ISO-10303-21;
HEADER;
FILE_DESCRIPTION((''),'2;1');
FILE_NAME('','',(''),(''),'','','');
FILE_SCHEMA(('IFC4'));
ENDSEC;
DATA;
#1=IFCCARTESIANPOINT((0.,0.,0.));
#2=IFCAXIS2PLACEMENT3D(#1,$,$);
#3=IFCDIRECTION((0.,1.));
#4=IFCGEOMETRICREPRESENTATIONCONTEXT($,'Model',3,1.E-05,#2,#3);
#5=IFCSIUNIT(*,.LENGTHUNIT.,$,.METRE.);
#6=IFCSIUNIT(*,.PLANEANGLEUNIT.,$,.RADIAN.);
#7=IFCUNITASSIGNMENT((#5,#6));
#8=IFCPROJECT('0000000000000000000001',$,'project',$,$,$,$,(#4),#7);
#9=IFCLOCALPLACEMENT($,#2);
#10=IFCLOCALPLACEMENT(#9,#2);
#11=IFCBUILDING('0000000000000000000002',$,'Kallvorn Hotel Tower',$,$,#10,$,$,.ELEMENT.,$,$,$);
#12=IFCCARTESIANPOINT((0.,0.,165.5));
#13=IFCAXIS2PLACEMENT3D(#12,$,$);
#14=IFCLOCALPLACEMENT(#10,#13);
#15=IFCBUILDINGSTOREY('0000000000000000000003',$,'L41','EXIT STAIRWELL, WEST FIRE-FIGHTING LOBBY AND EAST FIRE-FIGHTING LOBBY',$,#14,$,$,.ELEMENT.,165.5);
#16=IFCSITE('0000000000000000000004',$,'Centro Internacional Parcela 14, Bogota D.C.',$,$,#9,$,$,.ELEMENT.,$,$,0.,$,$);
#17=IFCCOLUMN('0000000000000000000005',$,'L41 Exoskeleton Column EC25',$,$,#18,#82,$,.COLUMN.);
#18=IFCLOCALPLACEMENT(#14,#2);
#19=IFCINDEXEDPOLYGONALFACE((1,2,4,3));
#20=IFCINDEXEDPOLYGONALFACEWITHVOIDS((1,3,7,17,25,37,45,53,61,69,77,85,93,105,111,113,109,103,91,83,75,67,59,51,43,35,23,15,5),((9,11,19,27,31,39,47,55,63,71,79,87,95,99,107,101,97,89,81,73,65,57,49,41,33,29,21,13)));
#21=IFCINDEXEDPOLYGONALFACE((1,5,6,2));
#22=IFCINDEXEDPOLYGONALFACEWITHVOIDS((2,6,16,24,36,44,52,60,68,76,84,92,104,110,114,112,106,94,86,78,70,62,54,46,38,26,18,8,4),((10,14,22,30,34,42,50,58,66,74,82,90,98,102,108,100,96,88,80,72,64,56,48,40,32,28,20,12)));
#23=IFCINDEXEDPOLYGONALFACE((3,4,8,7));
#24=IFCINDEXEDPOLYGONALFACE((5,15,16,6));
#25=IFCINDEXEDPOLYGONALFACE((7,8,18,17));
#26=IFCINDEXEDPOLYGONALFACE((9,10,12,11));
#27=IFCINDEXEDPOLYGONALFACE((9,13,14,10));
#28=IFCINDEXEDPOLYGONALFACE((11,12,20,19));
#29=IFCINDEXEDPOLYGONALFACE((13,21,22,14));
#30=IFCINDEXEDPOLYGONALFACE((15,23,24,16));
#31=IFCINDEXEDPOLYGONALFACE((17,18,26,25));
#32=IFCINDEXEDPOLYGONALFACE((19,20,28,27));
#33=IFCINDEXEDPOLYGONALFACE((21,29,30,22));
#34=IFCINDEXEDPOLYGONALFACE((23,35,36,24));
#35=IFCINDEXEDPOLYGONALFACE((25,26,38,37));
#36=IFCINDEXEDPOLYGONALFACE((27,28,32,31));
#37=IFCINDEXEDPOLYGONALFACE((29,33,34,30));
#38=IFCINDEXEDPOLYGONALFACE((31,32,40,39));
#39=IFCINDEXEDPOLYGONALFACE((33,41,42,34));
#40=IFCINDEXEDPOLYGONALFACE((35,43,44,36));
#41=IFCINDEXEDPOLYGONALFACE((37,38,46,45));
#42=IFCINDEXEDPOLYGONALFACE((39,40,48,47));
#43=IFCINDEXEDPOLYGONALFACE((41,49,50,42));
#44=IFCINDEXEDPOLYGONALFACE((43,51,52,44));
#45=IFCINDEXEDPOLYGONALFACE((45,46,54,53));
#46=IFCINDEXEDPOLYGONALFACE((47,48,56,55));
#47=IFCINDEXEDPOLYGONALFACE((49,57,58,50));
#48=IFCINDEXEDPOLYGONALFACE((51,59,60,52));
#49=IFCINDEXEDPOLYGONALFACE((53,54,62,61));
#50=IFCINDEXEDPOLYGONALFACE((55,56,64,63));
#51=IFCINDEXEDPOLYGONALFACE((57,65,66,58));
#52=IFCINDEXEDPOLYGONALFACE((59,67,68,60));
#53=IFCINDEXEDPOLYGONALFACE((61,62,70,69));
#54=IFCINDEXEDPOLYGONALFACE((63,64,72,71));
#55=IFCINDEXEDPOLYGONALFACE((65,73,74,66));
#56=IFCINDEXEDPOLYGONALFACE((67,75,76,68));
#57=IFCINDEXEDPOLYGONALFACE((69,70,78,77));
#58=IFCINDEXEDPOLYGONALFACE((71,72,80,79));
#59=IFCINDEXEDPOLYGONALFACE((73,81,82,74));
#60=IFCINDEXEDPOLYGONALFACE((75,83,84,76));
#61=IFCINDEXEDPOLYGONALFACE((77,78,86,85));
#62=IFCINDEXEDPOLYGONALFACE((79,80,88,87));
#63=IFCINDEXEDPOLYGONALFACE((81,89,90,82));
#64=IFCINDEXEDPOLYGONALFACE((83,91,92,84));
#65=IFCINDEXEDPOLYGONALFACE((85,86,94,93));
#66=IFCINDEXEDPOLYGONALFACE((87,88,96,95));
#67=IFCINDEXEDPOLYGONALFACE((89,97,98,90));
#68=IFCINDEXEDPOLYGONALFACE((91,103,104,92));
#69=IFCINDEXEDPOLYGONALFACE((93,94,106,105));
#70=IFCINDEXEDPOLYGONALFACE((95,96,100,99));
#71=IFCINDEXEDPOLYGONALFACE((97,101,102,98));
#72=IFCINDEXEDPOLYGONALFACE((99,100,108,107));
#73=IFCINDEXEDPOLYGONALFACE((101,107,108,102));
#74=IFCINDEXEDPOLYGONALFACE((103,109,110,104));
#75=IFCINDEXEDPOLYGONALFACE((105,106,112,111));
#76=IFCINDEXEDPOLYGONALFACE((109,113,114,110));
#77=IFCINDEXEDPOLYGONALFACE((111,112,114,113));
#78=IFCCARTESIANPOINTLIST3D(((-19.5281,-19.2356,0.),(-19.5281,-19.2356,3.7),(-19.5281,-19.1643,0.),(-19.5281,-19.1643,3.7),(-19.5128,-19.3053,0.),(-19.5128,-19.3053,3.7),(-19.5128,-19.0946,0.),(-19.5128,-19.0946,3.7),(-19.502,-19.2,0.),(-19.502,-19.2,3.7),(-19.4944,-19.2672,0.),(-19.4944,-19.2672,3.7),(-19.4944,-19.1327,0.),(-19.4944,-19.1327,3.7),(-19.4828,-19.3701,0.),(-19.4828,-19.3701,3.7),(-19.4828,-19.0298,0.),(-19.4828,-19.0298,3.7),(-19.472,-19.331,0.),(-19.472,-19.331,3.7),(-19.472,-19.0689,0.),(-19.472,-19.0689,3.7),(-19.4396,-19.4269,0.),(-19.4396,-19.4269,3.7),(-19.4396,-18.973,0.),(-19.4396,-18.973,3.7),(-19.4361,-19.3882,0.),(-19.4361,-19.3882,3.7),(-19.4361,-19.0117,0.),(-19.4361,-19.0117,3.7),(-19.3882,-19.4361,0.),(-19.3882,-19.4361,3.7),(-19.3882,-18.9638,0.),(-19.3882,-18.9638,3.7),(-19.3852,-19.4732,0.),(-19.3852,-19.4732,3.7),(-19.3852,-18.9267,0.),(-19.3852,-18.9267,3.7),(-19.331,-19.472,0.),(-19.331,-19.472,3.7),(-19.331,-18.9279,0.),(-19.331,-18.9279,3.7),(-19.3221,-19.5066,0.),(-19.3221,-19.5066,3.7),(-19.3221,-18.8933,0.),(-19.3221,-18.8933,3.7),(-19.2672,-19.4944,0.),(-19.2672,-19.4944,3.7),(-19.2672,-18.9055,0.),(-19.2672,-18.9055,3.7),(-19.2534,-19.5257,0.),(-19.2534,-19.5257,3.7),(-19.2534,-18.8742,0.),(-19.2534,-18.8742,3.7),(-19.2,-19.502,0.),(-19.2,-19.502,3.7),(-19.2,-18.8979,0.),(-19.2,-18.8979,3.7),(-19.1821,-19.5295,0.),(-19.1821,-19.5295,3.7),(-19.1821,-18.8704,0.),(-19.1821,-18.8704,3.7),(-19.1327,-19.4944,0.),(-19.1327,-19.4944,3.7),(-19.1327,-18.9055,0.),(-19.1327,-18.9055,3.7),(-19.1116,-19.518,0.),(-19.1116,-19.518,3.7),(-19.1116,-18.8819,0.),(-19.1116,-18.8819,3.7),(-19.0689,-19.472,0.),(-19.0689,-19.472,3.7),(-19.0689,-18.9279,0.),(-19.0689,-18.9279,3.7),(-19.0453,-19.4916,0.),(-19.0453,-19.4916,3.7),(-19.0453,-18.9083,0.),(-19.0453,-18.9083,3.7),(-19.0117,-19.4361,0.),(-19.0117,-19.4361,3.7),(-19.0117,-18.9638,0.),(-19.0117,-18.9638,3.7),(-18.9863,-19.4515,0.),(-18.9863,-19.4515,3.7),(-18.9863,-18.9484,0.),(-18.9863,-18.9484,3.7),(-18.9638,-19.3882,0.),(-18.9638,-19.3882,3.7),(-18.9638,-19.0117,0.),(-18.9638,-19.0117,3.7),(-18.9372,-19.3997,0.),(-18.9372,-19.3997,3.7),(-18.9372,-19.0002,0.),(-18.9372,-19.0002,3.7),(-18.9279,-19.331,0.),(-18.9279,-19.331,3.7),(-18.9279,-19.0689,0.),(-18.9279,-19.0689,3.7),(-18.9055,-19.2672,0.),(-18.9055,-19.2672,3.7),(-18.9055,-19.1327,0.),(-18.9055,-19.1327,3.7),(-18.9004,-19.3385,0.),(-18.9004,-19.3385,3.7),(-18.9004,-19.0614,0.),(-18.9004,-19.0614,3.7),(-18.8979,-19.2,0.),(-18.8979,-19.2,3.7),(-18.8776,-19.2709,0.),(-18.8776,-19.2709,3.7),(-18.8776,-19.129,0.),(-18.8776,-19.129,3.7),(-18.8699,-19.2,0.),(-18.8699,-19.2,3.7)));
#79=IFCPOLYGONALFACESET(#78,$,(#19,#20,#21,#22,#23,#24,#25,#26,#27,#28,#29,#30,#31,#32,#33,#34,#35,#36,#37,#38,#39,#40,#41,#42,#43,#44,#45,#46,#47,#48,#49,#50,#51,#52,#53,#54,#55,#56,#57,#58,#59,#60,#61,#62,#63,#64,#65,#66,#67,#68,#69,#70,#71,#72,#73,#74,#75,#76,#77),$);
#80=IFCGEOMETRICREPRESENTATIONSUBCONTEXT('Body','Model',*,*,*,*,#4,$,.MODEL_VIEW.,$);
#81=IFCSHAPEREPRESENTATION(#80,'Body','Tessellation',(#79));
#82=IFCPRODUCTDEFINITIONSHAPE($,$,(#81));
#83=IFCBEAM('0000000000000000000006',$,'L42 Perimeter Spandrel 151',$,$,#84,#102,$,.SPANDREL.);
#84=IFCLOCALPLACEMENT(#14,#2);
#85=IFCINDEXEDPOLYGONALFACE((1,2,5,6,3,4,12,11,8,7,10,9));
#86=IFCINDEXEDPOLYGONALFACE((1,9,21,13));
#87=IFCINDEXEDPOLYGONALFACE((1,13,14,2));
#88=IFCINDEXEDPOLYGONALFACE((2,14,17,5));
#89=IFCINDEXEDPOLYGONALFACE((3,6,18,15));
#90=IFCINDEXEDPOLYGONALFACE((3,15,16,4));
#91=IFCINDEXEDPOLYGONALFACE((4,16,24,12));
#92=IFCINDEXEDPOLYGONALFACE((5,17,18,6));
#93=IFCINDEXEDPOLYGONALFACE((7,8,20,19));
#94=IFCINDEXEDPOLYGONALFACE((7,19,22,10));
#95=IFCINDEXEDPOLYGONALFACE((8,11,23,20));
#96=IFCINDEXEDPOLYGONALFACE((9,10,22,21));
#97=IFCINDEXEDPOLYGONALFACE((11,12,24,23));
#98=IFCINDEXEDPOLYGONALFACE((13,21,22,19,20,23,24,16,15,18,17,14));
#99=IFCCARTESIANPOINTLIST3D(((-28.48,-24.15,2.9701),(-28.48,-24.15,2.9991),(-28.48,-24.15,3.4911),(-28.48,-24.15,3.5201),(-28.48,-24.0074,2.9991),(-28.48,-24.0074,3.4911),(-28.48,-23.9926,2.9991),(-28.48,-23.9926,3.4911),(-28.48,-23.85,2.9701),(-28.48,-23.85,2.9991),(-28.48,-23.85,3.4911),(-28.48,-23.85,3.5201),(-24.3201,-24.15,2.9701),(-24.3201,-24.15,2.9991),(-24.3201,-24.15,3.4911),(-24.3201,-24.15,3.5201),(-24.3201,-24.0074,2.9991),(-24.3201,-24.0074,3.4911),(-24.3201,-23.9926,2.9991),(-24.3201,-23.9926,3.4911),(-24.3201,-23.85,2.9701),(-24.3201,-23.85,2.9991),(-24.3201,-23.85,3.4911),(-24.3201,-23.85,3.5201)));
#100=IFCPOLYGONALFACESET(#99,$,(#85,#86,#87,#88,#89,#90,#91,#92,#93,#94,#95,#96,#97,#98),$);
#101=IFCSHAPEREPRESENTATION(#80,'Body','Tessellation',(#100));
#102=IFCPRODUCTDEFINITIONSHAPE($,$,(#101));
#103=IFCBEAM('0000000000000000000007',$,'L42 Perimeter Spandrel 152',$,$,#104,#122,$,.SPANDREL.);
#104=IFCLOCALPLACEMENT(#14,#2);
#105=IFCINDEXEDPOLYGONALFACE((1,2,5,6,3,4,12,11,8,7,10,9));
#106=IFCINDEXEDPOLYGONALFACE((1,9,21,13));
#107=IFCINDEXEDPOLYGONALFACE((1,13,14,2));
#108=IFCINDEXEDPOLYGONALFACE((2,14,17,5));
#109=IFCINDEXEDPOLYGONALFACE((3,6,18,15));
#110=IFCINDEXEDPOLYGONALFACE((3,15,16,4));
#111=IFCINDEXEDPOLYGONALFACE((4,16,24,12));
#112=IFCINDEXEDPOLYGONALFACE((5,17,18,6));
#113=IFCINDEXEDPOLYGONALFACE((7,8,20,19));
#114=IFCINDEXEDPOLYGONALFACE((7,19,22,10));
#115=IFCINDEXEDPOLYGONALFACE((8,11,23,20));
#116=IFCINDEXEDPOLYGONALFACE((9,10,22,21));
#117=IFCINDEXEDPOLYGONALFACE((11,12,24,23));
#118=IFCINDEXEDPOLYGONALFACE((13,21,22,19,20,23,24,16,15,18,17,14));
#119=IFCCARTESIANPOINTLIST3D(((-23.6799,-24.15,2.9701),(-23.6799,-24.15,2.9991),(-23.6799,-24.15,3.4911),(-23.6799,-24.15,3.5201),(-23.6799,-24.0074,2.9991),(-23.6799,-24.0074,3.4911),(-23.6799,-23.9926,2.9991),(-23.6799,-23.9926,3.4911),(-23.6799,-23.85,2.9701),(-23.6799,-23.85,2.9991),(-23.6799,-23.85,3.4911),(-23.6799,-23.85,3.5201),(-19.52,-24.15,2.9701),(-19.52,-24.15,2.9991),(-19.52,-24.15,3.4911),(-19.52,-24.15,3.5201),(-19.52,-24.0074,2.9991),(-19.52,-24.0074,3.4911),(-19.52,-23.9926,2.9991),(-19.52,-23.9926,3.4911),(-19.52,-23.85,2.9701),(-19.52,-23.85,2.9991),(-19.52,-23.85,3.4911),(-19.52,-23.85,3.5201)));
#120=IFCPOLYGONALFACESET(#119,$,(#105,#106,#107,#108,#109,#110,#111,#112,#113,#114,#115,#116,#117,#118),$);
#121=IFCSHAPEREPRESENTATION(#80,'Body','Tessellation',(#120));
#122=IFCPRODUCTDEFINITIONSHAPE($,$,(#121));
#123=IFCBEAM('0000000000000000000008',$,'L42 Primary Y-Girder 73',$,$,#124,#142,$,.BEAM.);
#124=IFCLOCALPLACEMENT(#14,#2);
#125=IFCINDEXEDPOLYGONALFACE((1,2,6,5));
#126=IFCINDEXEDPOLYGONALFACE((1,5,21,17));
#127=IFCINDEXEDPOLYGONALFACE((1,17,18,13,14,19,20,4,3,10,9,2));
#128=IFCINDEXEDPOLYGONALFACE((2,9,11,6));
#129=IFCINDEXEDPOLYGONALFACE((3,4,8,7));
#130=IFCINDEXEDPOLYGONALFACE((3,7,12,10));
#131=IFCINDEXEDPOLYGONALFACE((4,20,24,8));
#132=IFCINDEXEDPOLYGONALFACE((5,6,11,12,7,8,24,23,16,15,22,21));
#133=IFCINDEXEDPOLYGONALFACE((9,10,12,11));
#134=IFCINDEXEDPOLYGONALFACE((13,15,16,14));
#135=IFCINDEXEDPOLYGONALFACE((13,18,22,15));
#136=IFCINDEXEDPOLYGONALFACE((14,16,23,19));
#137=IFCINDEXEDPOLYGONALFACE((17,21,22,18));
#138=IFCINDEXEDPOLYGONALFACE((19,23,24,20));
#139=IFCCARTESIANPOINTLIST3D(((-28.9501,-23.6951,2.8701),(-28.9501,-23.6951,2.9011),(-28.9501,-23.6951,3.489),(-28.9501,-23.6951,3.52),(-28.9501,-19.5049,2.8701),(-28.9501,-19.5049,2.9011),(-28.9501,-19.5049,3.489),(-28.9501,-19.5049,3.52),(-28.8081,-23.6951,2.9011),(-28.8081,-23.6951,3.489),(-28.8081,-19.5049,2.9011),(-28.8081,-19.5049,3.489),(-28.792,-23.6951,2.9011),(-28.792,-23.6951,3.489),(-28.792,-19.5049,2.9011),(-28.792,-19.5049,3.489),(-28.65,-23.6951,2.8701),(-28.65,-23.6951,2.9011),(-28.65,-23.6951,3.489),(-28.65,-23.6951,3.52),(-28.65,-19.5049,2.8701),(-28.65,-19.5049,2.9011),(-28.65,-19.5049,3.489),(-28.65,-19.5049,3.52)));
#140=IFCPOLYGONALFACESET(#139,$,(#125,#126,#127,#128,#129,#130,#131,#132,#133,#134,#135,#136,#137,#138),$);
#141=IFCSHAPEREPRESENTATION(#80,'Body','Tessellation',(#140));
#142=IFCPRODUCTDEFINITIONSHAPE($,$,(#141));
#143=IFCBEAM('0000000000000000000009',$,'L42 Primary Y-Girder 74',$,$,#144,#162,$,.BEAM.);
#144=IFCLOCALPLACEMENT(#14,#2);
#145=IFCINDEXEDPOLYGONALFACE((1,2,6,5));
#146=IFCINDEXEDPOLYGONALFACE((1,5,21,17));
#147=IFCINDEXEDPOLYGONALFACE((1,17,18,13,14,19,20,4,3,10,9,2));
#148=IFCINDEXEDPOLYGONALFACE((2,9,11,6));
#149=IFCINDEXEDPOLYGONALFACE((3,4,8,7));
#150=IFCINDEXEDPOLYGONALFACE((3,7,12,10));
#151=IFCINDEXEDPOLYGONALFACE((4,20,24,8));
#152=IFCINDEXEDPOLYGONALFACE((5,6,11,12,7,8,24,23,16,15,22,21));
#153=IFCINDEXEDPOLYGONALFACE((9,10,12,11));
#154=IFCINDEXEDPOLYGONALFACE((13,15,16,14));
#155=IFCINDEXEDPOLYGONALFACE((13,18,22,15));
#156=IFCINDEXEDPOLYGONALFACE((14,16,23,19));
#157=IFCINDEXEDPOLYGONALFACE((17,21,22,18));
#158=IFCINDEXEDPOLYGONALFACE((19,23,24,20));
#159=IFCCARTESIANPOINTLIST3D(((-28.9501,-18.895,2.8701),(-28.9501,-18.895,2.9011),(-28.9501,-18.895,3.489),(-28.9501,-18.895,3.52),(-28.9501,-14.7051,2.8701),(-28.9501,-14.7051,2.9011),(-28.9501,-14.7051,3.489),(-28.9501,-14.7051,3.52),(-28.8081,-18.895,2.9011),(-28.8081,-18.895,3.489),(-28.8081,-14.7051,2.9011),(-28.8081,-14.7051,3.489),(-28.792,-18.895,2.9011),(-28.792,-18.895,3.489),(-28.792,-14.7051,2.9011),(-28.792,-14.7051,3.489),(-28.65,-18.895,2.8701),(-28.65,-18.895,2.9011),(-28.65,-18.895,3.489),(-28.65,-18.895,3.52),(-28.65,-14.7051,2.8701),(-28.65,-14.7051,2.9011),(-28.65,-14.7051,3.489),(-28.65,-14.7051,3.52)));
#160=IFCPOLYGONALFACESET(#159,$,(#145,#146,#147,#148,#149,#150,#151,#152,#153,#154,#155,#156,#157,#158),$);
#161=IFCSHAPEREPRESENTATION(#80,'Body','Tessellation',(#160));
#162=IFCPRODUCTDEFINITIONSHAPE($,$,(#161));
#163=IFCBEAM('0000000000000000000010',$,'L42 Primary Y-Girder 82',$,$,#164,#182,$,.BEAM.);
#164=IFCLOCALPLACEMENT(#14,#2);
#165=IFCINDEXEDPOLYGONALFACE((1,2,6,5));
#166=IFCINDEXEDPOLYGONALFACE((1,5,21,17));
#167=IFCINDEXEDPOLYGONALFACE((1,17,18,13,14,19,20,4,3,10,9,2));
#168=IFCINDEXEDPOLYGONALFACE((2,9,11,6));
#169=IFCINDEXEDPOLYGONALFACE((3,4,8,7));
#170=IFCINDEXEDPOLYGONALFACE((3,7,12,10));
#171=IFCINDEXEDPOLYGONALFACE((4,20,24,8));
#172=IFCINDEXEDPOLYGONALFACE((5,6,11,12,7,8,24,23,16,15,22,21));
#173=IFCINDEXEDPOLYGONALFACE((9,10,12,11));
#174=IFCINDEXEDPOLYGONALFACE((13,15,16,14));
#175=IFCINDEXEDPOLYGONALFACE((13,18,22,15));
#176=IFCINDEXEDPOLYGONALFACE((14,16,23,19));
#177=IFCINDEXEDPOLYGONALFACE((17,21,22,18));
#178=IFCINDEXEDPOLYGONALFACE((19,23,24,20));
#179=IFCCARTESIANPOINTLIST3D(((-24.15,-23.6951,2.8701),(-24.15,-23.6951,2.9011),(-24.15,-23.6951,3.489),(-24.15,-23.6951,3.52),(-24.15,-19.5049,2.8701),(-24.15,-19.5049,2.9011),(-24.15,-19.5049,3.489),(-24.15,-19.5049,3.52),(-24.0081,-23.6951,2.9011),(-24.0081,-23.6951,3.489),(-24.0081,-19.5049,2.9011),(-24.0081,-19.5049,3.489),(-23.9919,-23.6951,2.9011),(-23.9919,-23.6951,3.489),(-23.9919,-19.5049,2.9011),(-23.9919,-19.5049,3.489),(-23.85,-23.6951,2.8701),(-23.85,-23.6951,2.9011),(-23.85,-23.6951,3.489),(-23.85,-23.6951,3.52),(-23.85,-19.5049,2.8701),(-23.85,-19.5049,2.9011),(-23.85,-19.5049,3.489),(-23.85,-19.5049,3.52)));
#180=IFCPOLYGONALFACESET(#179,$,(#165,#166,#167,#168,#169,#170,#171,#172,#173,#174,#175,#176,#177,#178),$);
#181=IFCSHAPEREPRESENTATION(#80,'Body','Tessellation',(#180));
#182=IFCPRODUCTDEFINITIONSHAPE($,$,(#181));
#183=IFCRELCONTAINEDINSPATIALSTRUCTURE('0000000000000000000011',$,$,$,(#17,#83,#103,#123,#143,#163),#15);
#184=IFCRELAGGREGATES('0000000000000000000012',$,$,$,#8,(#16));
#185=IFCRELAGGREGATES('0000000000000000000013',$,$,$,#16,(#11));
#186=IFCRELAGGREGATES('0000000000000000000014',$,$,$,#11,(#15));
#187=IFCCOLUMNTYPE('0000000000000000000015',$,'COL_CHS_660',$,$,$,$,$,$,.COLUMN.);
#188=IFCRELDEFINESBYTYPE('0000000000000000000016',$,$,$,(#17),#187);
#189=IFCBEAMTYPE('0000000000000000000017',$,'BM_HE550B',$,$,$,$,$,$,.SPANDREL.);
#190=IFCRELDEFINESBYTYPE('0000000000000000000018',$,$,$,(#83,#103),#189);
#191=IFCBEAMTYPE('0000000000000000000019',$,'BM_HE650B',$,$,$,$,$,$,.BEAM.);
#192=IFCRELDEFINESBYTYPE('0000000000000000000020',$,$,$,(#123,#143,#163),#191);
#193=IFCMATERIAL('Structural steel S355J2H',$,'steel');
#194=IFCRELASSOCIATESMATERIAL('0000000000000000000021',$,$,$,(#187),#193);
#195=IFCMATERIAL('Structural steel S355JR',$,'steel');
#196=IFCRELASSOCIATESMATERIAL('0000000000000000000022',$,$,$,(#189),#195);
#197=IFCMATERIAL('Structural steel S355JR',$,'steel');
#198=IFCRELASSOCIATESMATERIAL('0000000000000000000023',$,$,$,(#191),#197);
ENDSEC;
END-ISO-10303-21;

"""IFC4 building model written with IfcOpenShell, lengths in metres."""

from ifc_helpers import new_model, si_unit, direction, frame, origin, origin_2d, place, context, subcontext, project, spatial, hollow_circle, i_section, extrude, material, material_profile, profile_set, type_object, element, save


model = new_model("IFC4")

# Units and contexts
model_context = context("Model", 3, precision=1e-05, world=origin(), true_north=direction((0.0, 1.0)))
body_context = subcontext(model_context, "Body", "Model", "MODEL_VIEW")
ifc_project = project(units=[si_unit("LENGTHUNIT", "METRE"), si_unit("PLANEANGLEUNIT", "RADIAN")], contexts=[model_context])

# Site, building, storey
site_placement = place(None, origin())
site = spatial("IfcSite", under=ifc_project, at=site_placement, Name="Centro Internacional Parcela 14, Bogota D.C.", CompositionType="ELEMENT", RefElevation=0.0)
building_placement = place(site_placement, origin())
building = spatial("IfcBuilding", under=site, at=building_placement, Name="Kallvorn Hotel Tower", CompositionType="ELEMENT")
storey_placement = place(building_placement, frame((0.0, 0.0, 165.5)))
storey = spatial("IfcBuildingStorey", under=building, at=storey_placement, Name="L41", Description="EXIT STAIRWELL, WEST FIRE-FIGHTING LOBBY AND EAST FIRE-FIGHTING LOBBY", CompositionType="ELEMENT", Elevation=165.5)

# Column
ifc_material_1 = material(Name="Structural steel S355J2H", Category="steel")
ifc_material_profile_1 = material_profile(ifc_material_1, hollow_circle(Radius=0.3301, WallThickness=0.0281, at=origin_2d()), Name="CHS 660x28")
ifc_profile_set_1 = profile_set([ifc_material_profile_1], Name="Structural steel S355J2H")
column_type = type_object("IfcColumnType", Name="COL_CHS_660", PredefinedType="COLUMN", material=ifc_profile_set_1)
for number, where, z_axis, x_axis, name in (
    (1, (-19.2, -19.2, 0.0), (0.0, 0.0, 1.0), (1.0, 0.0, 0.0), "L41 Exoskeleton Column EC25"),
):
    element("IfcColumn", number, at=place(storey_placement, frame(where, z_axis=z_axis, x_axis=x_axis)), inside=storey, type_object=column_type, Name=name, PredefinedType="COLUMN", context=body_context, shape_type="SweptSolid", body=[
        extrude(hollow_circle(Radius=0.3301, WallThickness=0.0281, at=origin_2d()), origin(), (0.0, 0.0, 1.0), 3.7),
    ])

# Beams
ifc_material_2 = material(Name="Structural steel S355JR", Category="steel")
ifc_material_profile_2 = material_profile(ifc_material_2, i_section(OverallWidth=0.3, OverallDepth=0.55, WebThickness=0.0149, FlangeThickness=0.0291, at=origin_2d()), Name="HE 550 B")
ifc_profile_set_2 = profile_set([ifc_material_profile_2], Name="Structural steel S355JR")
beam_type_1 = type_object("IfcBeamType", Name="BM_HE550B", PredefinedType="SPANDREL", material=ifc_profile_set_2)
for number, where, z_axis, x_axis, name in (
    (2, (-28.48, -24.0, 3.2451), (1.0, 0.0, 0.0), (0.0, 1.0, 0.0), "L42 Perimeter Spandrel 151"),
    (3, (-23.6799, -24.0, 3.2451), (1.0, 0.0, 0.0), (0.0, 1.0, 0.0), "L42 Perimeter Spandrel 152"),
):
    element("IfcBeam", number, at=place(storey_placement, frame(where, z_axis=z_axis, x_axis=x_axis)), inside=storey, type_object=beam_type_1, Name=name, PredefinedType="SPANDREL", context=body_context, shape_type="SweptSolid", body=[
        extrude(i_section(OverallWidth=0.3, OverallDepth=0.55, WebThickness=0.0149, FlangeThickness=0.0291, at=origin_2d()), origin(), (0.0, 0.0, 1.0), 4.1599),
    ])
ifc_material_3 = material(Name="Structural steel S355JR", Category="steel")
ifc_material_profile_3 = material_profile(ifc_material_3, i_section(OverallWidth=0.3, OverallDepth=0.6499, WebThickness=0.0161, FlangeThickness=0.031, at=origin_2d()), Name="HE 650 B")
ifc_profile_set_3 = profile_set([ifc_material_profile_3], Name="Structural steel S355JR")
beam_type_2 = type_object("IfcBeamType", Name="BM_HE650B", PredefinedType="BEAM", material=ifc_profile_set_3)
beam_1_placement = place(storey_placement, frame((-28.8, -23.6951, 3.1951), z_axis=(0.0, 1.0, 0.0), x_axis=(-1.0, 0.0, 0.0)))
element("IfcBeam", 4, at=beam_1_placement, inside=storey, type_object=beam_type_2, Name="L42 Primary Y-Girder 73", PredefinedType="BEAM", context=body_context, shape_type="SweptSolid", body=[
    extrude(i_section(OverallWidth=0.3, OverallDepth=0.6499, WebThickness=0.0161, FlangeThickness=0.031, at=origin_2d()), origin(), (0.0, 0.0, 1.0), 4.1902),
])
beam_2_placement = place(storey_placement, frame((-28.8, -18.895, 3.1951), z_axis=(0.0, 1.0, 0.0), x_axis=(-1.0, 0.0, 0.0)))
element("IfcBeam", 5, at=beam_2_placement, inside=storey, type_object=beam_type_2, Name="L42 Primary Y-Girder 74", PredefinedType="BEAM", context=body_context, shape_type="SweptSolid", body=[
    extrude(i_section(OverallWidth=0.3, OverallDepth=0.6499, WebThickness=0.0161, FlangeThickness=0.031, at=origin_2d()), origin(), (0.0, 0.0, 1.0), 4.1899),
])
beam_3_placement = place(storey_placement, frame((-24.0, -23.6951, 3.1951), z_axis=(0.0, 1.0, 0.0), x_axis=(-1.0, 0.0, 0.0)))
element("IfcBeam", 6, at=beam_3_placement, inside=storey, type_object=beam_type_2, Name="L42 Primary Y-Girder 82", PredefinedType="BEAM", context=body_context, shape_type="SweptSolid", body=[
    extrude(i_section(OverallWidth=0.3, OverallDepth=0.6499, WebThickness=0.0161, FlangeThickness=0.031, at=origin_2d()), origin(), (0.0, 0.0, 1.0), 4.1902),
])

save(model, "model.ifc")
